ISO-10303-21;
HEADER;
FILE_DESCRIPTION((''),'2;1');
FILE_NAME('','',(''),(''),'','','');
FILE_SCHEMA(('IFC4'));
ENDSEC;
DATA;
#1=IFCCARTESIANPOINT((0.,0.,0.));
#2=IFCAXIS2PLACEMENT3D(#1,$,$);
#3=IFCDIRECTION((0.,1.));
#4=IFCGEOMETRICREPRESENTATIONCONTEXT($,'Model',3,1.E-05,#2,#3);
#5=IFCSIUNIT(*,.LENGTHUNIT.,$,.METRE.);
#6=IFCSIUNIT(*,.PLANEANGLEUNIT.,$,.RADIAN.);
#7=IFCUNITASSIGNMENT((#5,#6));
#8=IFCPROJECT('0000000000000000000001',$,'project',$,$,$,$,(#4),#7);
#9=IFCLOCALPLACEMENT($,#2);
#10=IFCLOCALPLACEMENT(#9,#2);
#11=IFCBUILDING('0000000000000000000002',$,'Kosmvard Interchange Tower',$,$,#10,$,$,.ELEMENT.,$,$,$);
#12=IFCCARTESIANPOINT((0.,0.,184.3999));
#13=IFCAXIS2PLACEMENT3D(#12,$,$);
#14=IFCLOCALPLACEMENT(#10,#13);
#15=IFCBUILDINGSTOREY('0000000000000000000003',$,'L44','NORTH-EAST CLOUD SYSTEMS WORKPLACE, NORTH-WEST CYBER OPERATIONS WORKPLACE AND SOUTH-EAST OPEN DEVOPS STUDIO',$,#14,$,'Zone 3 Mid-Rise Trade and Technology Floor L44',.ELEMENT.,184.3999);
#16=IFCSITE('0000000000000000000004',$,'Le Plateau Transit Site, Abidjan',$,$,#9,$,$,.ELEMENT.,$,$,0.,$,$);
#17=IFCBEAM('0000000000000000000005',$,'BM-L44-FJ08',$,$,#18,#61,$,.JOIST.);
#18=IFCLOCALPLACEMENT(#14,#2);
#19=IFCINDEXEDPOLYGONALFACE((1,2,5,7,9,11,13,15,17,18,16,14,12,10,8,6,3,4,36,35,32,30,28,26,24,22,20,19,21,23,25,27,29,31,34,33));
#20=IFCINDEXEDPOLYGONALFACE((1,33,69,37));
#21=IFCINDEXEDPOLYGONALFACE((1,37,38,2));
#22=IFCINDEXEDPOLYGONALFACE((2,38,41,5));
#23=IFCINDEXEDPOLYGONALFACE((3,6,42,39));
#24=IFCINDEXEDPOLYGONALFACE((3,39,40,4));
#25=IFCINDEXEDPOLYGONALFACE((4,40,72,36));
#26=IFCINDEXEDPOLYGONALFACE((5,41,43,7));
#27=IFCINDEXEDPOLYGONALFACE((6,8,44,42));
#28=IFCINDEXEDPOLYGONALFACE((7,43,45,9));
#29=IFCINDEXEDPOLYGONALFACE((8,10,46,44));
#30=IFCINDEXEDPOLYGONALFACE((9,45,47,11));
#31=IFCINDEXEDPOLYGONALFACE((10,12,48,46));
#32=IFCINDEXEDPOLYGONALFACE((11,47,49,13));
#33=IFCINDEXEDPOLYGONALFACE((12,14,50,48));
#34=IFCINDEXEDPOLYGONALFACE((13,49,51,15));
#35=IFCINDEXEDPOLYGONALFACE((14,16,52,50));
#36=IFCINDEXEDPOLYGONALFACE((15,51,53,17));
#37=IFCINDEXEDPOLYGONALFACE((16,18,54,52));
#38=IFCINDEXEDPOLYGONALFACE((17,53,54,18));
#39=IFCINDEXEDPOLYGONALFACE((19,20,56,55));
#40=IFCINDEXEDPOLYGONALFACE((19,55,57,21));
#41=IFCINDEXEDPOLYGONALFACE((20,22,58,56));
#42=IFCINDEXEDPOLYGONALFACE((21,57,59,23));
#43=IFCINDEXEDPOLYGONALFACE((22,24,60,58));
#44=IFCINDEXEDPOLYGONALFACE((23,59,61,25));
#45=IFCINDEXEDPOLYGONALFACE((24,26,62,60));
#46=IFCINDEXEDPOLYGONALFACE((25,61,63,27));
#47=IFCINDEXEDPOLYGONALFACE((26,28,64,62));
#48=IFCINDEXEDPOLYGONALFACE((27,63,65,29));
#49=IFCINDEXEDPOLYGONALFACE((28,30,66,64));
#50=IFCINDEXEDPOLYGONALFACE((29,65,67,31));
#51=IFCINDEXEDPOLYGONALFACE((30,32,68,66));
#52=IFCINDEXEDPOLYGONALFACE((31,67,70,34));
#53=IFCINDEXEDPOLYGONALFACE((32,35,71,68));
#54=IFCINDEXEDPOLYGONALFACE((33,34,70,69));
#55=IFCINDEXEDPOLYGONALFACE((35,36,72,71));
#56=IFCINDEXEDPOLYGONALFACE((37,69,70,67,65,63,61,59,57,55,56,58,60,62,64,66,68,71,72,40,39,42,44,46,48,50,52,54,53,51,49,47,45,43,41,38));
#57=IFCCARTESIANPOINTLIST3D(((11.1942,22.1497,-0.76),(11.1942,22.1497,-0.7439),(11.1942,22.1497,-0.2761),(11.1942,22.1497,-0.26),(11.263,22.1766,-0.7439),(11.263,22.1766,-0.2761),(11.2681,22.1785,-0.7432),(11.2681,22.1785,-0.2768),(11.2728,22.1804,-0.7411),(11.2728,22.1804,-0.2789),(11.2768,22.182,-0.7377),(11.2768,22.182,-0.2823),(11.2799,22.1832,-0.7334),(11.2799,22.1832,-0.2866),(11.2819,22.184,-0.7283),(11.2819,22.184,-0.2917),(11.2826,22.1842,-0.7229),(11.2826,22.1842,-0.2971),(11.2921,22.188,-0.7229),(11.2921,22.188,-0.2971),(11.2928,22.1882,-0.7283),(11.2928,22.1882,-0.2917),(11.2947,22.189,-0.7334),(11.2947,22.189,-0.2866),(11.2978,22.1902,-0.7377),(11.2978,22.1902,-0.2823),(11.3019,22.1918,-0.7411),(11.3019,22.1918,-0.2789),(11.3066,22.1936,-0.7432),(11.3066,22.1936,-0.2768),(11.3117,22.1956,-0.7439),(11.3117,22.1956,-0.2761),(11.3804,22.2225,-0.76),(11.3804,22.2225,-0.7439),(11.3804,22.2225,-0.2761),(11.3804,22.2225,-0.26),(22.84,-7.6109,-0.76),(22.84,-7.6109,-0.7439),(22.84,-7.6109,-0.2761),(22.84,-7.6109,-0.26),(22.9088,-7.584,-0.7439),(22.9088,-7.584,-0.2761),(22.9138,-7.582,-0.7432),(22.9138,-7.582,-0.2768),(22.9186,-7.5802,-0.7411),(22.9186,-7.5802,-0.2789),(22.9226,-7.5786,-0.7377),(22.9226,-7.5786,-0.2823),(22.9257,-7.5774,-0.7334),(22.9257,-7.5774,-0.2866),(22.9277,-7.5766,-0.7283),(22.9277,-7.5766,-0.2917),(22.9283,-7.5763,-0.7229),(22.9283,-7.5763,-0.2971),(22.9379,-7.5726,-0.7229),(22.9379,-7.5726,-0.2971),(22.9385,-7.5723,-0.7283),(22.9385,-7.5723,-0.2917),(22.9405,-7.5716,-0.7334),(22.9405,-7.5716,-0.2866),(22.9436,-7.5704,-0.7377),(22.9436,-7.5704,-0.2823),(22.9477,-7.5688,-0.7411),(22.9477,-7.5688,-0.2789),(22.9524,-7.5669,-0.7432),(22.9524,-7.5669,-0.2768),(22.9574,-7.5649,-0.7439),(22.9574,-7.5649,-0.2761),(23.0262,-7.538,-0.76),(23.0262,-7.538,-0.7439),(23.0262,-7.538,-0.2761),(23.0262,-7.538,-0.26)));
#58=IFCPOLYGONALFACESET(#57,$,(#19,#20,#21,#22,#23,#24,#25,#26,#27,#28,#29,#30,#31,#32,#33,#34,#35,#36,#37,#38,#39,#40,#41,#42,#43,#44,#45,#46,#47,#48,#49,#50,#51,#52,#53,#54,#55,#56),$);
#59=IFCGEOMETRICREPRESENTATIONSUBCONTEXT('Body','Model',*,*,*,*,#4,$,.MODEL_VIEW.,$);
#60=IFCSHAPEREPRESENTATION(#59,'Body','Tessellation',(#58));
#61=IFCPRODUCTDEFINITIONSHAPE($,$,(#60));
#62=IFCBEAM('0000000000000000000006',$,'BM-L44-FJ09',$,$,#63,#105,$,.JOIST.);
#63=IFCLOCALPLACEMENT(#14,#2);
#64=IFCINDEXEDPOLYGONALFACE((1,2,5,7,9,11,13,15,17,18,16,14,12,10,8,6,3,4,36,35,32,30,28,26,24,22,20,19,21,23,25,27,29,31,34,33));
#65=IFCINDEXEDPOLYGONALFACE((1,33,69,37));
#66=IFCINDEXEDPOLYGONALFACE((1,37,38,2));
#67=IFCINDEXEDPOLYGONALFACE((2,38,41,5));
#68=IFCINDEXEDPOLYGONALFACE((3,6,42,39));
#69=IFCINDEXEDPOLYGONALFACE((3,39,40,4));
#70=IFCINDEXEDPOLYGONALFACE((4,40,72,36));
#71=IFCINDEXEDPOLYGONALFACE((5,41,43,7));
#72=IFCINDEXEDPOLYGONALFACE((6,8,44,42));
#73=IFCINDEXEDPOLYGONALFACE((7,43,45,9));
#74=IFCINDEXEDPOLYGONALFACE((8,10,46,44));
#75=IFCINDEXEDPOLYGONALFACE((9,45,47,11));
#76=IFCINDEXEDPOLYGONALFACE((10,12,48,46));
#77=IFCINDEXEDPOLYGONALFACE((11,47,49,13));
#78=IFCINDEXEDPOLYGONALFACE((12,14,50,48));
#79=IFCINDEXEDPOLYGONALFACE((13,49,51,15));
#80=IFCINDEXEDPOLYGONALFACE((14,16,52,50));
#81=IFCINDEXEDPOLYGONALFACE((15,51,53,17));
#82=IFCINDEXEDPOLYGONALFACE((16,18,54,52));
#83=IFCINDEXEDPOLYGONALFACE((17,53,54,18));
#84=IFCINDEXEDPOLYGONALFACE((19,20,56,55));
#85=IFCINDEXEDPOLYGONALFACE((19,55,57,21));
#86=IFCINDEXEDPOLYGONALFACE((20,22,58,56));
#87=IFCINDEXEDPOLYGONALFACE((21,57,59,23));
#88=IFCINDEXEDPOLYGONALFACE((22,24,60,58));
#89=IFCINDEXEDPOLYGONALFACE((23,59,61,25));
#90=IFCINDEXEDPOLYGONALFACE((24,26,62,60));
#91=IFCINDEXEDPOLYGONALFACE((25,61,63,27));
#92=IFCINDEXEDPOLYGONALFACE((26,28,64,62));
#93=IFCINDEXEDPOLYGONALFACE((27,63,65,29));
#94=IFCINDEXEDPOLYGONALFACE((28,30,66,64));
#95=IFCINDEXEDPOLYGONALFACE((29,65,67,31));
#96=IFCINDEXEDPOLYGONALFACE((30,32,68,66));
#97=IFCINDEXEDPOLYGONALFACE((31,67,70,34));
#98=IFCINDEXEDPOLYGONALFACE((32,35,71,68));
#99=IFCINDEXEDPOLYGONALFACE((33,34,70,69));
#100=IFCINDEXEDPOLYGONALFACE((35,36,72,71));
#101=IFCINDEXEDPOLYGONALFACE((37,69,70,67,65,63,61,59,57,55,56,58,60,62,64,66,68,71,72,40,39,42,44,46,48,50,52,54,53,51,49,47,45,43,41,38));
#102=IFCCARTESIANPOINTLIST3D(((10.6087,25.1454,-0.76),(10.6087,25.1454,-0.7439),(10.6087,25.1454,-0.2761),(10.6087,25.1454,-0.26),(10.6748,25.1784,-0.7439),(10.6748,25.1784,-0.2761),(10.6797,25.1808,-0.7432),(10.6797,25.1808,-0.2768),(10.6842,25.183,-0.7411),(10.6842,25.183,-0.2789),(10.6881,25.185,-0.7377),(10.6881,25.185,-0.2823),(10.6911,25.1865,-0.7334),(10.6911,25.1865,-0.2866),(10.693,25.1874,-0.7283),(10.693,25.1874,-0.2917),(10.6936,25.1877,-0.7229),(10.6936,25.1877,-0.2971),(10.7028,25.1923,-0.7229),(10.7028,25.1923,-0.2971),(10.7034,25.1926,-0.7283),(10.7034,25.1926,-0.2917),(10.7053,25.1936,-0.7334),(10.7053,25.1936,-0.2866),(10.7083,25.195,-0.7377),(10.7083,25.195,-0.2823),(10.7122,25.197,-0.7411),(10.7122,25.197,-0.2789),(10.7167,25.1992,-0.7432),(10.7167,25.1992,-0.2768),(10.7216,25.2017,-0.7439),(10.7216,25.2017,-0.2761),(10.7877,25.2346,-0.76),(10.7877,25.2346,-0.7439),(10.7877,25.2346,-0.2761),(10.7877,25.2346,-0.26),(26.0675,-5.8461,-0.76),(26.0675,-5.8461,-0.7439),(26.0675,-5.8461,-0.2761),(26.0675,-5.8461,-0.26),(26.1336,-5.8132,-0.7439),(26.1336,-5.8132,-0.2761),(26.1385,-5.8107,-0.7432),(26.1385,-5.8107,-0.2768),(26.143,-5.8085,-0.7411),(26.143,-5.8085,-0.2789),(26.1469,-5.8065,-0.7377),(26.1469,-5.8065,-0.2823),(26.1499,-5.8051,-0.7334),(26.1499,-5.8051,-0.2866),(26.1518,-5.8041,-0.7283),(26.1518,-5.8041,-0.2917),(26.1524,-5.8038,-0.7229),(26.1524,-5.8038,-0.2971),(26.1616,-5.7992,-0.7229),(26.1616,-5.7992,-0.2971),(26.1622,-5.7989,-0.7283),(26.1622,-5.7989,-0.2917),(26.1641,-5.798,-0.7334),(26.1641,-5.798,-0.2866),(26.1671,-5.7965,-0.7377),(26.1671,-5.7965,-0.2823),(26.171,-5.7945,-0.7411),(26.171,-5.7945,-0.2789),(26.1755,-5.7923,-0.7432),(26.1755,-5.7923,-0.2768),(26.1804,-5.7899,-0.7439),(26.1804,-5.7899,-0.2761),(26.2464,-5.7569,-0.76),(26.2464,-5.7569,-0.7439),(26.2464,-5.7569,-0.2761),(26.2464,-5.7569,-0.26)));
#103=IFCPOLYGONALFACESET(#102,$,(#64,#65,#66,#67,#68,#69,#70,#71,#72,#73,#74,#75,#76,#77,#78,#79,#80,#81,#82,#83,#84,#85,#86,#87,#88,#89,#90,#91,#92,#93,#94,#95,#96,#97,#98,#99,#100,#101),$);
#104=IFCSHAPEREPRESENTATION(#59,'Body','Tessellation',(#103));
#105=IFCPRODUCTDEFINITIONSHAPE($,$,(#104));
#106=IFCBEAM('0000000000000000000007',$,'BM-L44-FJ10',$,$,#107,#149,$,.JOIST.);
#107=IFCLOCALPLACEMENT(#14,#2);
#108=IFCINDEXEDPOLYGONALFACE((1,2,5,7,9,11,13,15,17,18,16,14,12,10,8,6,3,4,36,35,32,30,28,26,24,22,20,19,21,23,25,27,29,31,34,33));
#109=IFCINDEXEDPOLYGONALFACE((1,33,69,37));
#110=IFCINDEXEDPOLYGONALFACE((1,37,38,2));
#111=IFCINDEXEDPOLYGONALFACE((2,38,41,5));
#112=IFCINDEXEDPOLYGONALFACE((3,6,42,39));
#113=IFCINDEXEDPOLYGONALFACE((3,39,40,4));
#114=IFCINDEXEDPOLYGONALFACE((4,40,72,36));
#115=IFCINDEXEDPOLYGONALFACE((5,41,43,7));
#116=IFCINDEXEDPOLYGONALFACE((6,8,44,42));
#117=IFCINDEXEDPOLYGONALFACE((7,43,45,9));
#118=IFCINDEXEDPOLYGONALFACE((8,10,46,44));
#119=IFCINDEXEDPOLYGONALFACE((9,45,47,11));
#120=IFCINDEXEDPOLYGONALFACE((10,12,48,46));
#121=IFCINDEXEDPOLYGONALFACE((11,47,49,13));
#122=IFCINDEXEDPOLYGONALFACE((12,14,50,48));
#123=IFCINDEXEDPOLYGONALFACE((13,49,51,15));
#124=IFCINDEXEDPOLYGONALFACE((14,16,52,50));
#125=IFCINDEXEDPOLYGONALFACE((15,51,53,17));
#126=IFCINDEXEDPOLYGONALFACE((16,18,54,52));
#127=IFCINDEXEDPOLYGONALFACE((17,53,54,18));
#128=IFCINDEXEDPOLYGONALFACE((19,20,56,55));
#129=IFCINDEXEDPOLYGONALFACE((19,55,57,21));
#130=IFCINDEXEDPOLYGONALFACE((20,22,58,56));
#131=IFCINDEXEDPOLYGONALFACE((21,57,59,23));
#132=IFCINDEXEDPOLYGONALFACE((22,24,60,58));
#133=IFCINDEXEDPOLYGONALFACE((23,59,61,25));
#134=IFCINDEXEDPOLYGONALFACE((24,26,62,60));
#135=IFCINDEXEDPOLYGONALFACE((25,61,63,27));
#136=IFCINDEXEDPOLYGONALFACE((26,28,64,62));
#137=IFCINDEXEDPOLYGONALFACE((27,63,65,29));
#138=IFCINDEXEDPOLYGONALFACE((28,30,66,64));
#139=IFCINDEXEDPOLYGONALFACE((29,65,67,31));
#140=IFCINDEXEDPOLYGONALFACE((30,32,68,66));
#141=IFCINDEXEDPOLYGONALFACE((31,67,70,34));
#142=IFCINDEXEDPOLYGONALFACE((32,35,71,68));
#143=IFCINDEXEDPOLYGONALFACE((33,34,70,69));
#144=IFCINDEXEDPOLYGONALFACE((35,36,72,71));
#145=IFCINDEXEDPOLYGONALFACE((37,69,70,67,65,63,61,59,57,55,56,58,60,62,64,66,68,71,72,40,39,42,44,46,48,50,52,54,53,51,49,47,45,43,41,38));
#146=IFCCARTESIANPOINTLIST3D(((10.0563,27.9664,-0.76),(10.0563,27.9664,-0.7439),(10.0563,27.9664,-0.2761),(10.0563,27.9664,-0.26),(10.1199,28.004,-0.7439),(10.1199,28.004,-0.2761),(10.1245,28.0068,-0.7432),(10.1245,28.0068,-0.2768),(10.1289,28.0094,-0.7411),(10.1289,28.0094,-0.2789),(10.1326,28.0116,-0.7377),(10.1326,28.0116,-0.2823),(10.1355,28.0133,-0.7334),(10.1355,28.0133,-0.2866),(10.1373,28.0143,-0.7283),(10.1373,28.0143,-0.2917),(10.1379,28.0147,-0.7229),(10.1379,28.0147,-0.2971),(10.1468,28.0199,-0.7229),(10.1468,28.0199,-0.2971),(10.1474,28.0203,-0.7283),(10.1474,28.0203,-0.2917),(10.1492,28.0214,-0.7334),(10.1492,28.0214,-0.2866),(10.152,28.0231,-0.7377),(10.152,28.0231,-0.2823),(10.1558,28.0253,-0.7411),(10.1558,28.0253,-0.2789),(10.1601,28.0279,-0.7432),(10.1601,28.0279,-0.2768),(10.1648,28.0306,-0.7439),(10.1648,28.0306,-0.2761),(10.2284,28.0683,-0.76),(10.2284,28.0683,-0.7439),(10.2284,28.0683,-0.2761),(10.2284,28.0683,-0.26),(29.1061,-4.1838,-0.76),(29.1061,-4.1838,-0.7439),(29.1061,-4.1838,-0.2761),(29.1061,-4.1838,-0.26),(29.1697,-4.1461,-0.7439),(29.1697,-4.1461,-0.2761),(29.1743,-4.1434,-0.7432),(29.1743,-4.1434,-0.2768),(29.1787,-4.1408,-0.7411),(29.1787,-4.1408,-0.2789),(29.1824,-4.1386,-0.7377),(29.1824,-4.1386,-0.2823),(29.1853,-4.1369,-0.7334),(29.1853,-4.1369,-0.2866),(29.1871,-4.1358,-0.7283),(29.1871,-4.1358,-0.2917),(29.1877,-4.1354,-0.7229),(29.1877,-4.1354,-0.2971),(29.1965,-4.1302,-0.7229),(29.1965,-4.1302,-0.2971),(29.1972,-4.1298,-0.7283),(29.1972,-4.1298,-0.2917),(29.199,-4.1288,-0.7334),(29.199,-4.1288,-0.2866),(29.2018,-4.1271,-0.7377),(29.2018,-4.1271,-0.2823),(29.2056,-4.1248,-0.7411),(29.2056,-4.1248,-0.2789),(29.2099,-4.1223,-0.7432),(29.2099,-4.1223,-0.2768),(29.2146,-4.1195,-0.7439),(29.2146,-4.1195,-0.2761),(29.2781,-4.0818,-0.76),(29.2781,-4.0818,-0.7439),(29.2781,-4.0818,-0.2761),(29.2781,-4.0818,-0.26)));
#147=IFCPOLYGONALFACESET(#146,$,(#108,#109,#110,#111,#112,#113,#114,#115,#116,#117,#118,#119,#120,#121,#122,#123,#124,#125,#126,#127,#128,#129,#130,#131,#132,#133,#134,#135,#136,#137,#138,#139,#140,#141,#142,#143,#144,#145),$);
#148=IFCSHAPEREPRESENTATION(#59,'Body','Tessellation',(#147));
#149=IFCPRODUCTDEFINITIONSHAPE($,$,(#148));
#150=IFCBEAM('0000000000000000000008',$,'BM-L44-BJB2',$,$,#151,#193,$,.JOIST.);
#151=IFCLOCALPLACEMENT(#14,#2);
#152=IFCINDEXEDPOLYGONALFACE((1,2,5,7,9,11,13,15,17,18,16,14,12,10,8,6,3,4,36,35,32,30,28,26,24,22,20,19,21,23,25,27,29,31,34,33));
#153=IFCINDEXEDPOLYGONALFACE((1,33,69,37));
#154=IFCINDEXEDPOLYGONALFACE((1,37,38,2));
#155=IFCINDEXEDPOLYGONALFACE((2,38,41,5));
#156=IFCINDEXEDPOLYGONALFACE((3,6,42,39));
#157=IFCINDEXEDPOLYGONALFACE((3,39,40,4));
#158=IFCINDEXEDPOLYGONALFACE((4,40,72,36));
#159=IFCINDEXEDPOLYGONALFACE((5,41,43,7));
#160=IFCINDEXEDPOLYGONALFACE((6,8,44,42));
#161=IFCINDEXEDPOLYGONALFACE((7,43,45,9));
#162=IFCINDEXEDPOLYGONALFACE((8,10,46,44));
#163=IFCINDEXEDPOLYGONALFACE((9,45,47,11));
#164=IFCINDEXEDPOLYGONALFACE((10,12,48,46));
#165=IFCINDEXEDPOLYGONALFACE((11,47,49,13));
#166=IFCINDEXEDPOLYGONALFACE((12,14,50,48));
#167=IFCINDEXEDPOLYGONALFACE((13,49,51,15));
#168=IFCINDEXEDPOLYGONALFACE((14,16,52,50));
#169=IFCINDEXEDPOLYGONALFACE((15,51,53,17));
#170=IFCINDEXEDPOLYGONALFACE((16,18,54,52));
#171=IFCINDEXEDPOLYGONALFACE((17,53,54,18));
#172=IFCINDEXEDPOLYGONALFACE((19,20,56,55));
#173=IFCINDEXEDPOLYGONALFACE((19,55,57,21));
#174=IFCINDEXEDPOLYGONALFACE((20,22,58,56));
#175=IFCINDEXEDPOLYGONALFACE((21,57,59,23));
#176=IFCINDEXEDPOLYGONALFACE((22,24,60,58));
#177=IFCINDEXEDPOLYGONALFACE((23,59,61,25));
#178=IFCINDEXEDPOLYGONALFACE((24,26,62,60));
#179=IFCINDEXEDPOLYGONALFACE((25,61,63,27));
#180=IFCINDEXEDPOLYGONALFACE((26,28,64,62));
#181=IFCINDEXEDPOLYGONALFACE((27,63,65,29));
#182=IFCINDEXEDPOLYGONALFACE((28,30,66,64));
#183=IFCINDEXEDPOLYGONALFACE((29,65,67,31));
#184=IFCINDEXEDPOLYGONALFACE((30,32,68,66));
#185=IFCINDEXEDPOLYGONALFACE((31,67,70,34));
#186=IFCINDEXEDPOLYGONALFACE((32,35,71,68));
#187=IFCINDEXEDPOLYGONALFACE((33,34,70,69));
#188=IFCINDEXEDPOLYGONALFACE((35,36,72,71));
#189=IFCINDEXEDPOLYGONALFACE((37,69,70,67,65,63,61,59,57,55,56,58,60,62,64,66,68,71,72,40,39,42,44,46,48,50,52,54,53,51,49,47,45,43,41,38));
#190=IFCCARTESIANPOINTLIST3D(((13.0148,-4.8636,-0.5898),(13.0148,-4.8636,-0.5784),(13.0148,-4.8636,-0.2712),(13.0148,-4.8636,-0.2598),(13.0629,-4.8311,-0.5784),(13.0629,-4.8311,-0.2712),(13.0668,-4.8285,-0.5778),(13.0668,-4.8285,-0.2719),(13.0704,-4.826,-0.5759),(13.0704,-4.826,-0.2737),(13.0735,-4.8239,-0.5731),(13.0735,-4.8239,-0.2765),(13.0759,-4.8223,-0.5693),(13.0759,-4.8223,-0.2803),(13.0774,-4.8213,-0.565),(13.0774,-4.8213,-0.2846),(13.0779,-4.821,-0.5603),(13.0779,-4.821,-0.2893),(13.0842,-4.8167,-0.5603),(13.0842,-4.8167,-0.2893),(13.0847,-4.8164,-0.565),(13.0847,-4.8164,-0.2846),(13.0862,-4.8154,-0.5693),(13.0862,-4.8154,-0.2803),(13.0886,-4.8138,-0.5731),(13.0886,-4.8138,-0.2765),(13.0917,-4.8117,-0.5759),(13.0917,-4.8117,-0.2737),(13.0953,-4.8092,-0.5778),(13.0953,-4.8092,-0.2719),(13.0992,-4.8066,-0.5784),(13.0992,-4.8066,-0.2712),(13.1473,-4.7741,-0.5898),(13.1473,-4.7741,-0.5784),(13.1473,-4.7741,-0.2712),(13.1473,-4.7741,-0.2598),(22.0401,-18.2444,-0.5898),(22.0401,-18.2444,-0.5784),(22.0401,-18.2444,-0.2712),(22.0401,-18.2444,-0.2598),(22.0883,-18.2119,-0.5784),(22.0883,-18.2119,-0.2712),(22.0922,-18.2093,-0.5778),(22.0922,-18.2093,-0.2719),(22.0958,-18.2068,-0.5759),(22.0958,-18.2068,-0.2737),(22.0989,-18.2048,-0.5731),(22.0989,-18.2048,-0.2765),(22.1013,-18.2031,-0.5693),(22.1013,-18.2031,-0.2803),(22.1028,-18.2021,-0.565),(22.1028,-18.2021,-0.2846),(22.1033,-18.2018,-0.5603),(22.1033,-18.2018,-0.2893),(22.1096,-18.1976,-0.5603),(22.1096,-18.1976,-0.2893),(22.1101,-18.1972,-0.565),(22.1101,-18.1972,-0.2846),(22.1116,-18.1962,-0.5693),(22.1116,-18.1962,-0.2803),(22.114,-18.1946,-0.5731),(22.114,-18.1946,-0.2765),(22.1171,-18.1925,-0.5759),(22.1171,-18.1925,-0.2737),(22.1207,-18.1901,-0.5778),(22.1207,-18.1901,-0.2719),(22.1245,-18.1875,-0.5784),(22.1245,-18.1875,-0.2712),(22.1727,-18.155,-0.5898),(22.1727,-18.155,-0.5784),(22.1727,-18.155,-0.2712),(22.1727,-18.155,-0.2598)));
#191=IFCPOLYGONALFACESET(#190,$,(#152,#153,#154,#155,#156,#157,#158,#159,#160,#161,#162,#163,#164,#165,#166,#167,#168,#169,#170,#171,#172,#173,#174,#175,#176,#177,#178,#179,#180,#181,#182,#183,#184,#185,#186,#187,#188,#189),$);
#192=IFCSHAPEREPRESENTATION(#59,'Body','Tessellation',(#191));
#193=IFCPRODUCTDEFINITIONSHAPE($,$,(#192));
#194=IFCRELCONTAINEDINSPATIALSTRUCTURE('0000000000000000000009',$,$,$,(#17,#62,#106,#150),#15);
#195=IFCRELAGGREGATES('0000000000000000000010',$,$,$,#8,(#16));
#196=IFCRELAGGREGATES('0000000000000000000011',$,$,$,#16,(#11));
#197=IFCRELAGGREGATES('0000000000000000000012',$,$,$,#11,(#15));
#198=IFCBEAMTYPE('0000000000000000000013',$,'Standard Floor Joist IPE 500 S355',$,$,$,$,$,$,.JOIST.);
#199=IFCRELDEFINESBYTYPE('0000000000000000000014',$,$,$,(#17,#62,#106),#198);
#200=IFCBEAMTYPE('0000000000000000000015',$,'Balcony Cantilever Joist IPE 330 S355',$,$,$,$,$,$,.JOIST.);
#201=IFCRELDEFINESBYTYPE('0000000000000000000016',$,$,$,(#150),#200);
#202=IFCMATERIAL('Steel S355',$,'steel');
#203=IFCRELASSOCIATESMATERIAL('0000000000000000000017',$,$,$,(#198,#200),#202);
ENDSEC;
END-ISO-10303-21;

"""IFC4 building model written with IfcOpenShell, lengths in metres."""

from ifc_helpers import new_model, si_unit, direction, frame, origin, origin_2d, place, context, subcontext, project, spatial, i_section, extrude, source, transform, mapped, material, material_profile, profile_set, type_object, element, save


model = new_model("IFC4")

# Units and contexts
model_context = context("Model", 3, precision=1e-05, world=origin(), true_north=direction((0.0, 1.0)))
body_context = subcontext(model_context, "Body", "Model", "MODEL_VIEW")
ifc_project = project(units=[si_unit("LENGTHUNIT", "METRE"), si_unit("PLANEANGLEUNIT", "RADIAN")], contexts=[model_context])

# Site, building, storey
site_placement = place(None, origin())
site = spatial("IfcSite", under=ifc_project, at=site_placement, Name="Le Plateau Transit Site, Abidjan", CompositionType="ELEMENT", RefElevation=0.0)
building_placement = place(site_placement, origin())
building = spatial("IfcBuilding", under=site, at=building_placement, Name="Kosmvard Interchange Tower", CompositionType="ELEMENT")
storey_placement = place(building_placement, frame((0.0, 0.0, 184.3999)))
storey = spatial("IfcBuildingStorey", under=building, at=storey_placement, Name="L44", Description="NORTH-EAST CLOUD SYSTEMS WORKPLACE, NORTH-WEST CYBER OPERATIONS WORKPLACE AND SOUTH-EAST OPEN DEVOPS STUDIO", LongName="Zone 3 Mid-Rise Trade and Technology Floor L44", CompositionType="ELEMENT", Elevation=184.3999)

# Beams
ifc_material_1 = material(Name="Steel S355", Category="steel")
ifc_material_profile_1 = material_profile(ifc_material_1, i_section(OverallWidth=0.2, OverallDepth=0.5, WebThickness=0.0103, FlangeThickness=0.0161, FilletRadius=0.021, at=origin_2d()), Name="IPE 500")
ifc_profile_set_1 = profile_set([ifc_material_profile_1], Name="Steel S355")
beam_type_1 = type_object("IfcBeamType", Name="Standard Floor Joist IPE 500 S355", PredefinedType="JOIST", material=ifc_profile_set_1)
shared_shape_1 = source(origin(), body_context, "Body", "SweptSolid", [
    extrude(i_section(OverallWidth=0.2, OverallDepth=0.5, WebThickness=0.0103, FlangeThickness=0.0161, FilletRadius=0.021, at=origin_2d()), origin(), (0.0, 0.0, 1.0), 31.958),
])
beam_1_placement = place(storey_placement, frame((22.9331, -7.5745, -0.51), z_axis=(-0.364409, 0.931239, 0.0), x_axis=(-0.931239, -0.364409, 0.0)))
element("IfcBeam", 1, at=beam_1_placement, inside=storey, type_object=beam_type_1, Name="BM-L44-FJ08", PredefinedType="JOIST", context=body_context, shape_type="MappedRepresentation", body=[
    mapped(shared_shape_1, transform((0.0, 0.0, 0.0), scale=1.0)),
])
shared_shape_2 = source(origin(), body_context, "Body", "SweptSolid", [
    extrude(i_section(OverallWidth=0.2, OverallDepth=0.5, WebThickness=0.0103, FlangeThickness=0.0161, FilletRadius=0.021, at=origin_2d()), origin(), (0.0, 0.0, 1.0), 34.6331),
])
beam_2_placement = place(storey_placement, frame((26.157, -5.8015, -0.51), z_axis=(-0.446359, 0.894854, 0.0), x_axis=(-0.894854, -0.446359, 0.0)))
element("IfcBeam", 2, at=beam_2_placement, inside=storey, type_object=beam_type_1, Name="BM-L44-FJ09", PredefinedType="JOIST", context=body_context, shape_type="MappedRepresentation", body=[
    mapped(shared_shape_2, transform((0.0, 0.0, 0.0), scale=1.0)),
])
shared_shape_3 = source(origin(), body_context, "Body", "SweptSolid", [
    extrude(i_section(OverallWidth=0.2, OverallDepth=0.5, WebThickness=0.0103, FlangeThickness=0.0161, FilletRadius=0.021, at=origin_2d()), origin(), (0.0, 0.0, 1.0), 37.3701),
])
beam_3_placement = place(storey_placement, frame((29.1921, -4.1328, -0.51), z_axis=(-0.50976, 0.860317, 0.0), x_axis=(-0.860317, -0.50976, 0.0)))
element("IfcBeam", 3, at=beam_3_placement, inside=storey, type_object=beam_type_1, Name="BM-L44-FJ10", PredefinedType="JOIST", context=body_context, shape_type="MappedRepresentation", body=[
    mapped(shared_shape_3, transform((0.0, 0.0, 0.0), scale=1.0)),
])
ifc_material_profile_2 = material_profile(ifc_material_1, i_section(OverallWidth=0.1599, OverallDepth=0.3301, WebThickness=0.0076, FlangeThickness=0.0115, FilletRadius=0.0181, at=origin_2d()), Name="IPE 330")
ifc_profile_set_2 = profile_set([ifc_material_profile_2], Name="Steel S355")
beam_type_2 = type_object("IfcBeamType", Name="Balcony Cantilever Joist IPE 330 S355", PredefinedType="JOIST", material=ifc_profile_set_2)
shared_shape_4 = source(origin(), body_context, "Body", "SweptSolid", [
    extrude(i_section(OverallWidth=0.1599, OverallDepth=0.3301, WebThickness=0.0076, FlangeThickness=0.0115, FilletRadius=0.0181, at=origin_2d()), origin(), (0.0, 0.0, 1.0), 16.1401),
])
beam_4_placement = place(storey_placement, frame((13.0811, -4.8188, -0.4248), z_axis=(0.559188, -0.829041, 0.0), x_axis=(0.829041, 0.559188, 0.0)))
element("IfcBeam", 4, at=beam_4_placement, inside=storey, type_object=beam_type_2, Name="BM-L44-BJB2", PredefinedType="JOIST", context=body_context, shape_type="MappedRepresentation", body=[
    mapped(shared_shape_4, transform((0.0, 0.0, 0.0), scale=1.0)),
])

save(model, "model.ifc")
